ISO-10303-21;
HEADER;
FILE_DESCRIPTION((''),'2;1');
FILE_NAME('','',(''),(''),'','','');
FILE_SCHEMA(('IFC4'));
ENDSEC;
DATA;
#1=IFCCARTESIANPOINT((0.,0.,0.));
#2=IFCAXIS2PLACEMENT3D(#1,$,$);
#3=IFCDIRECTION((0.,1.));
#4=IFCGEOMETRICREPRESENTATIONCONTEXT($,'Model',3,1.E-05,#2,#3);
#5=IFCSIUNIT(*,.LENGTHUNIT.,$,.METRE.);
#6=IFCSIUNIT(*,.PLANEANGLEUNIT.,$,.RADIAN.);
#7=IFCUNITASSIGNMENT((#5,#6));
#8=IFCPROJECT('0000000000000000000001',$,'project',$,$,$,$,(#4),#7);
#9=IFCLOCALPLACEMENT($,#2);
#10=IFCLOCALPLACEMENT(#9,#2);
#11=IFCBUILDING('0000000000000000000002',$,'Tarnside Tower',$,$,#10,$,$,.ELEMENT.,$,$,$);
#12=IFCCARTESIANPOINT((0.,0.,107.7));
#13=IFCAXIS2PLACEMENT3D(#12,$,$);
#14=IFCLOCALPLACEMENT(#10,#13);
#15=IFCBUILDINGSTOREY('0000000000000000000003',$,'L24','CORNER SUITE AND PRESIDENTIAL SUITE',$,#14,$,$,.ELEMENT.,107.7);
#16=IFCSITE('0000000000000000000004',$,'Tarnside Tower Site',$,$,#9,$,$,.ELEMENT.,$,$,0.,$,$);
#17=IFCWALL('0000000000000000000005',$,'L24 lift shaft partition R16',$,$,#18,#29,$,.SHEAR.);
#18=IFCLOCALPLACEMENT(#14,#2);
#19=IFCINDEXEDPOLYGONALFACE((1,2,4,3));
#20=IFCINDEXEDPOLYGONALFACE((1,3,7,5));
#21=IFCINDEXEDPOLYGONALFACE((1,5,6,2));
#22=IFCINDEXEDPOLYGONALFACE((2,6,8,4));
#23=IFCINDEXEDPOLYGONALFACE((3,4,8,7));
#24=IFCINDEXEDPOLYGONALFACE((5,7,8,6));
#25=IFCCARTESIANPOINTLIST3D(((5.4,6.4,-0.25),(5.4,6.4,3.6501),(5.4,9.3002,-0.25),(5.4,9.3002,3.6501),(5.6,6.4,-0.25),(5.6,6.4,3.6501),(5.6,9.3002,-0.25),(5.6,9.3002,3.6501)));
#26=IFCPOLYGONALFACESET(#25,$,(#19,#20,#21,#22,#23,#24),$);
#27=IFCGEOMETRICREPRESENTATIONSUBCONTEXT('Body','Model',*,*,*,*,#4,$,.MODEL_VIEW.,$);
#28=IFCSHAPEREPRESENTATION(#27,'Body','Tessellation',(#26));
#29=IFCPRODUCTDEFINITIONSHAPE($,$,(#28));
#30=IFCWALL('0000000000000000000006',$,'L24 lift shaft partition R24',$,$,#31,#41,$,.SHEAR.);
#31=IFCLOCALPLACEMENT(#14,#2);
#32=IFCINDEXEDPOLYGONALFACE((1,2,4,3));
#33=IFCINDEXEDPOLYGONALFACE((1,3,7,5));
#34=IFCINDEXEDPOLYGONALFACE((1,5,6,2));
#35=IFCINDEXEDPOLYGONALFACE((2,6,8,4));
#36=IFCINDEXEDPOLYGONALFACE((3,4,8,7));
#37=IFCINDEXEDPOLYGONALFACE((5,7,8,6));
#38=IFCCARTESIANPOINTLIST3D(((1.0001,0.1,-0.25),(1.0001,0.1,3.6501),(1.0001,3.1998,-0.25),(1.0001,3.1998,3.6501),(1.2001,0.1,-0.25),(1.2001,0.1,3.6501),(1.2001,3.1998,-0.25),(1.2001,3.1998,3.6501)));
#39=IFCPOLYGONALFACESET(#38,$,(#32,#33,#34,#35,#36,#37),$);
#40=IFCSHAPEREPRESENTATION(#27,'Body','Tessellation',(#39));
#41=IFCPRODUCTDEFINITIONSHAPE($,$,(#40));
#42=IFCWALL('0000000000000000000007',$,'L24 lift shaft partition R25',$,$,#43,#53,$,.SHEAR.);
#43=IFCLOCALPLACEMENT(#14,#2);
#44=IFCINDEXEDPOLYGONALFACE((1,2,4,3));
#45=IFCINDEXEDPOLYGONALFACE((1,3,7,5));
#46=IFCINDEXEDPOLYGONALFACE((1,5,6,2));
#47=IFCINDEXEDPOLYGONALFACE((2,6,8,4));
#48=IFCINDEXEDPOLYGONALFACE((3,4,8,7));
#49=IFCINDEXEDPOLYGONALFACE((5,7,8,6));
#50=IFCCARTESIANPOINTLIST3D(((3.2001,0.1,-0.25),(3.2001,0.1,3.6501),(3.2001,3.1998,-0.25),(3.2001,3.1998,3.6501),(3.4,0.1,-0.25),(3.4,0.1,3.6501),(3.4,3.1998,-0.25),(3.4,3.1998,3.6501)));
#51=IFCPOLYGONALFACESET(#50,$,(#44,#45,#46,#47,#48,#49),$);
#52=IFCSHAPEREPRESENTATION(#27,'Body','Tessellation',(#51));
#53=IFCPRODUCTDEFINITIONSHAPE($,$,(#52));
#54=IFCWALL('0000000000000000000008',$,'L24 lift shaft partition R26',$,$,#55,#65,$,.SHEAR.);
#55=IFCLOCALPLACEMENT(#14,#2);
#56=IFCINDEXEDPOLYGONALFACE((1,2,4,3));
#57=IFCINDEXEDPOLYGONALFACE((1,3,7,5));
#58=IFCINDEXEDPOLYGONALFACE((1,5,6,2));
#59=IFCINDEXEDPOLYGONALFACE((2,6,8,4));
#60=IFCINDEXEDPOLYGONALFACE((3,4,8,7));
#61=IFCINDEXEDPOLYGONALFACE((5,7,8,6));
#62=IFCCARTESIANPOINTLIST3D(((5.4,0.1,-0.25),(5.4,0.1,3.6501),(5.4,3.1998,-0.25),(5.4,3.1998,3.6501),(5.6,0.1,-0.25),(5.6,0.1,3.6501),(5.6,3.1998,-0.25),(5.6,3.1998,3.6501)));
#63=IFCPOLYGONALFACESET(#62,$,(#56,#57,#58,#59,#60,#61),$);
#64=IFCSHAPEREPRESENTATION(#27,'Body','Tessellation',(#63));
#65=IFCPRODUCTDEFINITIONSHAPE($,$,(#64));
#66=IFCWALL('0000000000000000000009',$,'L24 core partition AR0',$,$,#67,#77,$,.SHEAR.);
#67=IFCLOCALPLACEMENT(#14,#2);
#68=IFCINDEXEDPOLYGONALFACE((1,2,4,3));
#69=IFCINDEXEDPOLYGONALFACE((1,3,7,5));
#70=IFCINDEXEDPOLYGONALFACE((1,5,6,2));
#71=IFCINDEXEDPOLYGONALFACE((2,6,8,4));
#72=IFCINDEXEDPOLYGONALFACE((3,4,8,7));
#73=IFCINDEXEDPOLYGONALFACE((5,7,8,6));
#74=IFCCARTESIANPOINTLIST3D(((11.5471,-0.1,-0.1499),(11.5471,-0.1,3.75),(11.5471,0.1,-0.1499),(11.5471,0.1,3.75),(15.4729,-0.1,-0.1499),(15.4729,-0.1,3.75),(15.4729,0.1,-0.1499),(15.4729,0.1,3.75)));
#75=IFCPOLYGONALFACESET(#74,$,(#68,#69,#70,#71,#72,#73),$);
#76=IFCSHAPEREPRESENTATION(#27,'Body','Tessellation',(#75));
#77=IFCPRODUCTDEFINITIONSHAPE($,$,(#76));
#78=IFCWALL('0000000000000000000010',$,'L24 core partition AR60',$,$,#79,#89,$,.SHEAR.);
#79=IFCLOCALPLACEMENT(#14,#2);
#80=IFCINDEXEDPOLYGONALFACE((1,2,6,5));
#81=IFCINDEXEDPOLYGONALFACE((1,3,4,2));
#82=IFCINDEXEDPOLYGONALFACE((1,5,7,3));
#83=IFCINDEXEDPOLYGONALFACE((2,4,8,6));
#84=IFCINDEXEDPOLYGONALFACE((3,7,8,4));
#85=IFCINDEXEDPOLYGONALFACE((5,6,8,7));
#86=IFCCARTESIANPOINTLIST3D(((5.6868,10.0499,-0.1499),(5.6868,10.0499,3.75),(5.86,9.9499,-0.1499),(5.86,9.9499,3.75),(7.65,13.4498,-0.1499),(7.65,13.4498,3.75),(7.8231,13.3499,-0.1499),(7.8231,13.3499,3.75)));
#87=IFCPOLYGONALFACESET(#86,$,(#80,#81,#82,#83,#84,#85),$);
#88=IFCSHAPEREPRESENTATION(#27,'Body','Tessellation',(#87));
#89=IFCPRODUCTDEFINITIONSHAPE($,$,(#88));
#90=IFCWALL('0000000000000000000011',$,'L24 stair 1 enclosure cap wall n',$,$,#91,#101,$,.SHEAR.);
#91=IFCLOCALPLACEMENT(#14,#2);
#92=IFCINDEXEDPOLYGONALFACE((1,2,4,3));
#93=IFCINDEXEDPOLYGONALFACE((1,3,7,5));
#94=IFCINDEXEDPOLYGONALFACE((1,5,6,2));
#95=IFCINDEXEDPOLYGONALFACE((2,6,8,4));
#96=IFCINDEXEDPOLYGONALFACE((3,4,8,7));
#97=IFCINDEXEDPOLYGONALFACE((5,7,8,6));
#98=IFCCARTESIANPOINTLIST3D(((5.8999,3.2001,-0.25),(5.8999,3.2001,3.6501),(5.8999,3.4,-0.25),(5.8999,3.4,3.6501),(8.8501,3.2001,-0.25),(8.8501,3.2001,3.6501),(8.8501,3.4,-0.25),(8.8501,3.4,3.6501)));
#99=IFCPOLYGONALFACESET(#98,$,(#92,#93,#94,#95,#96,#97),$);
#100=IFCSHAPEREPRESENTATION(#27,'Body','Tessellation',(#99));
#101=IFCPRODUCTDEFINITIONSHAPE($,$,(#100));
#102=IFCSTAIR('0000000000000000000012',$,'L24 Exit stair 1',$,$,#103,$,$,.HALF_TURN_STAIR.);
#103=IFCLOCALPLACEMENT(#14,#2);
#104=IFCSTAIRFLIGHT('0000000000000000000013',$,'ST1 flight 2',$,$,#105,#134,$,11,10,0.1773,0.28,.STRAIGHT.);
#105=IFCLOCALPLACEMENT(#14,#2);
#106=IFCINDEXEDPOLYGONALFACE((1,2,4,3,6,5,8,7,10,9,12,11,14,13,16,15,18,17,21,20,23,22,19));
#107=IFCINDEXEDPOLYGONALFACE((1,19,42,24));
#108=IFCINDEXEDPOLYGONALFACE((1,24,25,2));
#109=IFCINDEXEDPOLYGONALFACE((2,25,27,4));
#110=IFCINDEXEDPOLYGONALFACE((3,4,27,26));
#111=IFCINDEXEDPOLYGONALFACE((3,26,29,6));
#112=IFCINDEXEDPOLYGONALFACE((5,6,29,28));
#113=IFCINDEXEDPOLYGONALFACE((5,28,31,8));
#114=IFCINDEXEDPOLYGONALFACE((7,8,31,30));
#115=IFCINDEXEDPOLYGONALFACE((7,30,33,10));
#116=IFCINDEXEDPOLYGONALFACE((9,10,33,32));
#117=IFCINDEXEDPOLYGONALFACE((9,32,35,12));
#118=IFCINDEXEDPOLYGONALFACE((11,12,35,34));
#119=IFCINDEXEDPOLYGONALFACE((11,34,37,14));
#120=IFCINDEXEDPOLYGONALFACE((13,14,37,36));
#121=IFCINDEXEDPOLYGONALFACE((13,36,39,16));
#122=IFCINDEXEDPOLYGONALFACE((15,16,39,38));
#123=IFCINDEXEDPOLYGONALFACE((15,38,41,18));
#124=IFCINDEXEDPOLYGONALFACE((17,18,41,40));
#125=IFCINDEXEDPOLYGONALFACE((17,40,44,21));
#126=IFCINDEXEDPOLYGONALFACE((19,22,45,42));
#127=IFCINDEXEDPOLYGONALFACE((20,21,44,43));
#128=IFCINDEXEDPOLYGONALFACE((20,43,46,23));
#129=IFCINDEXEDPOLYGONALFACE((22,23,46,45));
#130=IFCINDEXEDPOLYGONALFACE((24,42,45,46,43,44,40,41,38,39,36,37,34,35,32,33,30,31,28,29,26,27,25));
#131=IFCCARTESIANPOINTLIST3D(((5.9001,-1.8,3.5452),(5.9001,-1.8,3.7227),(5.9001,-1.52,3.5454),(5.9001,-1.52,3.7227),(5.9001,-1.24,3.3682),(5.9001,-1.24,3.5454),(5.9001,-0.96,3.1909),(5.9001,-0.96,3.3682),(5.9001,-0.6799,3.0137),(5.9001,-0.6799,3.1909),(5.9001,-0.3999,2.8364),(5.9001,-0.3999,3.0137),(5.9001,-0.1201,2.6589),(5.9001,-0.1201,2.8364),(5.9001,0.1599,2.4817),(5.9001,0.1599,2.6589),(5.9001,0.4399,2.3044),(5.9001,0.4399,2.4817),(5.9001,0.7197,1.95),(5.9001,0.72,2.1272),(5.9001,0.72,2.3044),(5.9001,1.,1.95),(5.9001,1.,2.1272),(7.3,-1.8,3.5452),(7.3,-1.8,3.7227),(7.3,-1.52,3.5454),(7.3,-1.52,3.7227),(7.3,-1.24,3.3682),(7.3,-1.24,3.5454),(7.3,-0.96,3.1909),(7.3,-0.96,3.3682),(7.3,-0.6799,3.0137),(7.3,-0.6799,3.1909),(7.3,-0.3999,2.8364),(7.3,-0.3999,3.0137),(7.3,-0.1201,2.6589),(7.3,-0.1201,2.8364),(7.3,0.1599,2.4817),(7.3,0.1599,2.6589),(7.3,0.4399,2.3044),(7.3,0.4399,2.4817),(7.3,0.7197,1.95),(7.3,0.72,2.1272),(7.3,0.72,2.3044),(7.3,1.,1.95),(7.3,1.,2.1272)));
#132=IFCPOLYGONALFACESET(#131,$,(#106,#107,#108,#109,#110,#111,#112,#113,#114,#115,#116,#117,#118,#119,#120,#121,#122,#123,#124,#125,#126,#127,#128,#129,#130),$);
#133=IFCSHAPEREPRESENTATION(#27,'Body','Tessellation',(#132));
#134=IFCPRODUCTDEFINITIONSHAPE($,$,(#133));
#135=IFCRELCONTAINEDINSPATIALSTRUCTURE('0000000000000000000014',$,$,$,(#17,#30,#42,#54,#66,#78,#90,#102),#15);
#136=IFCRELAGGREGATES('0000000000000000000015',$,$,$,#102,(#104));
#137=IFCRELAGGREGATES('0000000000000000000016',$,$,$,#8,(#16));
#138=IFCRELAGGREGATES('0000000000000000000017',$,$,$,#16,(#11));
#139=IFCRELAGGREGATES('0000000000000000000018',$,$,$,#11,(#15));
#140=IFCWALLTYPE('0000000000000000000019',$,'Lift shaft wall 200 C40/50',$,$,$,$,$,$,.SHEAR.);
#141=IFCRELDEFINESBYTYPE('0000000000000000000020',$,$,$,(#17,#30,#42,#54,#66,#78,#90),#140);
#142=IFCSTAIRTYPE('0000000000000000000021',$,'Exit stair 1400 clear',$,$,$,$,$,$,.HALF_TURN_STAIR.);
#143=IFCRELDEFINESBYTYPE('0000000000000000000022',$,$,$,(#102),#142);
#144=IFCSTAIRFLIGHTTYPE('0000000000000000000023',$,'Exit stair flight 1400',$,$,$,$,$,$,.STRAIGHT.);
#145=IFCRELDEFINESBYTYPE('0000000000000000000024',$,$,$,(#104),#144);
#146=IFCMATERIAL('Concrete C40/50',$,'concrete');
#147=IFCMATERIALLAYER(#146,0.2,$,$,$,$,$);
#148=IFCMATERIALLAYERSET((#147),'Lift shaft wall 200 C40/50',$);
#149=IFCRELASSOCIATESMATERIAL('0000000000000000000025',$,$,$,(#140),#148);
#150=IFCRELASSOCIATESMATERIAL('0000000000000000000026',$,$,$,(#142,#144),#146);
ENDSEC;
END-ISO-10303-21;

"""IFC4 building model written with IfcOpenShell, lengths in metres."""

from ifc_helpers import new_model, si_unit, direction, frame, frame_2d, origin, place, context, subcontext, project, spatial, polyline, rectangle, outline, extrude, material, layer, layer_set, type_object, element, aggregate, save


model = new_model("IFC4")

# Units and contexts
model_context = context("Model", 3, precision=1e-05, world=origin(), true_north=direction((0.0, 1.0)))
body_context = subcontext(model_context, "Body", "Model", "MODEL_VIEW")
ifc_project = project(units=[si_unit("LENGTHUNIT", "METRE"), si_unit("PLANEANGLEUNIT", "RADIAN")], contexts=[model_context])

# Site, building, storey
site_placement = place(None, origin())
site = spatial("IfcSite", under=ifc_project, at=site_placement, Name="Tarnside Tower Site", CompositionType="ELEMENT", RefElevation=0.0)
building_placement = place(site_placement, origin())
building = spatial("IfcBuilding", under=site, at=building_placement, Name="Tarnside Tower", CompositionType="ELEMENT")
storey_placement = place(building_placement, frame((0.0, 0.0, 107.7)))
storey = spatial("IfcBuildingStorey", under=building, at=storey_placement, Name="L24", Description="CORNER SUITE AND PRESIDENTIAL SUITE", CompositionType="ELEMENT", Elevation=107.7)

# Shared definitions
ifc_material_1 = material(Name="Concrete C40/50", Category="concrete")

# Walls
ifc_layer_1 = layer(ifc_material_1, 0.2)
ifc_layer_set_1 = layer_set([ifc_layer_1], Name="Lift shaft wall 200 C40/50")
wall_type_1 = type_object("IfcWallType", Name="Lift shaft wall 200 C40/50", PredefinedType="SHEAR", material=ifc_layer_set_1)
for number, where, z_axis, x_axis, name in (
    (1, (5.5, 6.3999, -0.25), (0.0, 0.0, 1.0), (0.0, 1.0, 0.0), "L24 lift shaft partition R16"),
):
    element("IfcWall", number, at=place(storey_placement, frame(where, z_axis=z_axis, x_axis=x_axis)), inside=storey, type_object=wall_type_1, Name=name, PredefinedType="SHEAR", context=body_context, shape_type="SweptSolid", body=[
        extrude(rectangle(XDim=2.9001, YDim=0.2, at=frame_2d((1.4502, 0.0))), origin(), (0.0, 0.0, 1.0), 3.9001),
    ])
for number, where, z_axis, x_axis, name in (
    (2, (1.1001, 0.1001, -0.25), (0.0, 0.0, 1.0), (0.0, 1.0, 0.0), "L24 lift shaft partition R24"),
    (3, (3.3, 0.1001, -0.25), (0.0, 0.0, 1.0), (0.0, 1.0, 0.0), "L24 lift shaft partition R25"),
    (4, (5.5, 0.1001, -0.25), (0.0, 0.0, 1.0), (0.0, 1.0, 0.0), "L24 lift shaft partition R26"),
):
    element("IfcWall", number, at=place(storey_placement, frame(where, z_axis=z_axis, x_axis=x_axis)), inside=storey, type_object=wall_type_1, Name=name, PredefinedType="SHEAR", context=body_context, shape_type="SweptSolid", body=[
        extrude(rectangle(XDim=3.0999, YDim=0.2, at=frame_2d((1.5498, 0.0))), origin(), (0.0, 0.0, 1.0), 3.9001),
    ])
wall_1_placement = place(storey_placement, frame((11.5471, 0.0, -0.1499), z_axis=(0.0, 0.0, 1.0), x_axis=(1.0, 0.0, 0.0)))
element("IfcWall", 5, at=wall_1_placement, inside=storey, type_object=wall_type_1, Name="L24 core partition AR0", PredefinedType="SHEAR", context=body_context, shape_type="SweptSolid", body=[
    extrude(rectangle(XDim=3.9258, YDim=0.2, at=frame_2d((1.9629, 0.0))), origin(), (0.0, 0.0, 1.0), 3.8999),
])
wall_2_placement = place(storey_placement, frame((5.7734, 10.0, -0.1499), z_axis=(0.0, 0.0, 1.0), x_axis=(0.500038, 0.866003, 0.0)))
element("IfcWall", 6, at=wall_2_placement, inside=storey, type_object=wall_type_1, Name="L24 core partition AR60", PredefinedType="SHEAR", context=body_context, shape_type="SweptSolid", body=[
    extrude(rectangle(XDim=3.926, YDim=0.2, at=frame_2d((1.9629, 0.0))), origin(), (0.0, 0.0, 1.0), 3.8999),
])
wall_3_placement = place(storey_placement, frame((5.8999, 3.3, -0.25), z_axis=(0.0, 0.0, 1.0), x_axis=(1.0, 0.0, 0.0)))
element("IfcWall", 7, at=wall_3_placement, inside=storey, type_object=wall_type_1, Name="L24 stair 1 enclosure cap wall n", PredefinedType="SHEAR", context=body_context, shape_type="SweptSolid", body=[
    extrude(rectangle(XDim=2.9502, YDim=0.2, at=frame_2d((1.4751, 0.0))), origin(), (0.0, 0.0, 1.0), 3.9001),
])

# Stair, stair flight
stair_type = type_object("IfcStairType", Name="Exit stair 1400 clear", PredefinedType="HALF_TURN_STAIR", material=ifc_material_1)
stair_placement = place(storey_placement, origin())
stair = element("IfcStair", 8, at=stair_placement, inside=storey, type_object=stair_type, Name="L24 Exit stair 1", PredefinedType="HALF_TURN_STAIR")
stair_flight_type = type_object("IfcStairFlightType", Name="Exit stair flight 1400", PredefinedType="STRAIGHT", material=ifc_material_1)
stair_flight_placement = place(storey_placement, frame((6.6001, 1.0, 1.95), z_axis=(0.0, 0.0, 1.0), x_axis=(0.0, -1.0, 0.0)))
stair_flight = element("IfcStairFlight", 9, at=stair_flight_placement, type_object=stair_flight_type, Name="ST1 flight 2", NumberOfRisers=11, NumberOfTreads=10, PredefinedType="STRAIGHT", RiserHeight=0.1773, TreadLength=0.28, context=body_context, shape_type="SweptSolid", body=[
    extrude(outline(polyline([(0.0, 0.0), (0.0, 0.1772), (0.28, 0.1772), (0.28, 0.3545), (0.5601, 0.3545), (0.5601, 0.5317), (0.8401, 0.5317), (0.8401, 0.709), (1.1201, 0.709), (1.1201, 0.8865), (1.3999, 0.8865), (1.3999, 1.0637), (1.6799, 1.0637), (1.6799, 1.241), (1.96, 1.241), (1.96, 1.4182), (2.24, 1.4182), (2.24, 1.5955), (2.52, 1.5955), (2.52, 1.7727), (2.8, 1.7727), (2.8, 1.95), (2.8, 1.5952), (0.2803, 0.0), (0.0, 0.0)])), frame((0.0, 0.7, 0.0), z_axis=(0.0, -1.0, 0.0), x_axis=(1.0, 0.0, 0.0)), (0.0, 0.0, 1.0), 1.3999),
])
aggregate(stair, [stair_flight])

save(model, "model.ifc")
